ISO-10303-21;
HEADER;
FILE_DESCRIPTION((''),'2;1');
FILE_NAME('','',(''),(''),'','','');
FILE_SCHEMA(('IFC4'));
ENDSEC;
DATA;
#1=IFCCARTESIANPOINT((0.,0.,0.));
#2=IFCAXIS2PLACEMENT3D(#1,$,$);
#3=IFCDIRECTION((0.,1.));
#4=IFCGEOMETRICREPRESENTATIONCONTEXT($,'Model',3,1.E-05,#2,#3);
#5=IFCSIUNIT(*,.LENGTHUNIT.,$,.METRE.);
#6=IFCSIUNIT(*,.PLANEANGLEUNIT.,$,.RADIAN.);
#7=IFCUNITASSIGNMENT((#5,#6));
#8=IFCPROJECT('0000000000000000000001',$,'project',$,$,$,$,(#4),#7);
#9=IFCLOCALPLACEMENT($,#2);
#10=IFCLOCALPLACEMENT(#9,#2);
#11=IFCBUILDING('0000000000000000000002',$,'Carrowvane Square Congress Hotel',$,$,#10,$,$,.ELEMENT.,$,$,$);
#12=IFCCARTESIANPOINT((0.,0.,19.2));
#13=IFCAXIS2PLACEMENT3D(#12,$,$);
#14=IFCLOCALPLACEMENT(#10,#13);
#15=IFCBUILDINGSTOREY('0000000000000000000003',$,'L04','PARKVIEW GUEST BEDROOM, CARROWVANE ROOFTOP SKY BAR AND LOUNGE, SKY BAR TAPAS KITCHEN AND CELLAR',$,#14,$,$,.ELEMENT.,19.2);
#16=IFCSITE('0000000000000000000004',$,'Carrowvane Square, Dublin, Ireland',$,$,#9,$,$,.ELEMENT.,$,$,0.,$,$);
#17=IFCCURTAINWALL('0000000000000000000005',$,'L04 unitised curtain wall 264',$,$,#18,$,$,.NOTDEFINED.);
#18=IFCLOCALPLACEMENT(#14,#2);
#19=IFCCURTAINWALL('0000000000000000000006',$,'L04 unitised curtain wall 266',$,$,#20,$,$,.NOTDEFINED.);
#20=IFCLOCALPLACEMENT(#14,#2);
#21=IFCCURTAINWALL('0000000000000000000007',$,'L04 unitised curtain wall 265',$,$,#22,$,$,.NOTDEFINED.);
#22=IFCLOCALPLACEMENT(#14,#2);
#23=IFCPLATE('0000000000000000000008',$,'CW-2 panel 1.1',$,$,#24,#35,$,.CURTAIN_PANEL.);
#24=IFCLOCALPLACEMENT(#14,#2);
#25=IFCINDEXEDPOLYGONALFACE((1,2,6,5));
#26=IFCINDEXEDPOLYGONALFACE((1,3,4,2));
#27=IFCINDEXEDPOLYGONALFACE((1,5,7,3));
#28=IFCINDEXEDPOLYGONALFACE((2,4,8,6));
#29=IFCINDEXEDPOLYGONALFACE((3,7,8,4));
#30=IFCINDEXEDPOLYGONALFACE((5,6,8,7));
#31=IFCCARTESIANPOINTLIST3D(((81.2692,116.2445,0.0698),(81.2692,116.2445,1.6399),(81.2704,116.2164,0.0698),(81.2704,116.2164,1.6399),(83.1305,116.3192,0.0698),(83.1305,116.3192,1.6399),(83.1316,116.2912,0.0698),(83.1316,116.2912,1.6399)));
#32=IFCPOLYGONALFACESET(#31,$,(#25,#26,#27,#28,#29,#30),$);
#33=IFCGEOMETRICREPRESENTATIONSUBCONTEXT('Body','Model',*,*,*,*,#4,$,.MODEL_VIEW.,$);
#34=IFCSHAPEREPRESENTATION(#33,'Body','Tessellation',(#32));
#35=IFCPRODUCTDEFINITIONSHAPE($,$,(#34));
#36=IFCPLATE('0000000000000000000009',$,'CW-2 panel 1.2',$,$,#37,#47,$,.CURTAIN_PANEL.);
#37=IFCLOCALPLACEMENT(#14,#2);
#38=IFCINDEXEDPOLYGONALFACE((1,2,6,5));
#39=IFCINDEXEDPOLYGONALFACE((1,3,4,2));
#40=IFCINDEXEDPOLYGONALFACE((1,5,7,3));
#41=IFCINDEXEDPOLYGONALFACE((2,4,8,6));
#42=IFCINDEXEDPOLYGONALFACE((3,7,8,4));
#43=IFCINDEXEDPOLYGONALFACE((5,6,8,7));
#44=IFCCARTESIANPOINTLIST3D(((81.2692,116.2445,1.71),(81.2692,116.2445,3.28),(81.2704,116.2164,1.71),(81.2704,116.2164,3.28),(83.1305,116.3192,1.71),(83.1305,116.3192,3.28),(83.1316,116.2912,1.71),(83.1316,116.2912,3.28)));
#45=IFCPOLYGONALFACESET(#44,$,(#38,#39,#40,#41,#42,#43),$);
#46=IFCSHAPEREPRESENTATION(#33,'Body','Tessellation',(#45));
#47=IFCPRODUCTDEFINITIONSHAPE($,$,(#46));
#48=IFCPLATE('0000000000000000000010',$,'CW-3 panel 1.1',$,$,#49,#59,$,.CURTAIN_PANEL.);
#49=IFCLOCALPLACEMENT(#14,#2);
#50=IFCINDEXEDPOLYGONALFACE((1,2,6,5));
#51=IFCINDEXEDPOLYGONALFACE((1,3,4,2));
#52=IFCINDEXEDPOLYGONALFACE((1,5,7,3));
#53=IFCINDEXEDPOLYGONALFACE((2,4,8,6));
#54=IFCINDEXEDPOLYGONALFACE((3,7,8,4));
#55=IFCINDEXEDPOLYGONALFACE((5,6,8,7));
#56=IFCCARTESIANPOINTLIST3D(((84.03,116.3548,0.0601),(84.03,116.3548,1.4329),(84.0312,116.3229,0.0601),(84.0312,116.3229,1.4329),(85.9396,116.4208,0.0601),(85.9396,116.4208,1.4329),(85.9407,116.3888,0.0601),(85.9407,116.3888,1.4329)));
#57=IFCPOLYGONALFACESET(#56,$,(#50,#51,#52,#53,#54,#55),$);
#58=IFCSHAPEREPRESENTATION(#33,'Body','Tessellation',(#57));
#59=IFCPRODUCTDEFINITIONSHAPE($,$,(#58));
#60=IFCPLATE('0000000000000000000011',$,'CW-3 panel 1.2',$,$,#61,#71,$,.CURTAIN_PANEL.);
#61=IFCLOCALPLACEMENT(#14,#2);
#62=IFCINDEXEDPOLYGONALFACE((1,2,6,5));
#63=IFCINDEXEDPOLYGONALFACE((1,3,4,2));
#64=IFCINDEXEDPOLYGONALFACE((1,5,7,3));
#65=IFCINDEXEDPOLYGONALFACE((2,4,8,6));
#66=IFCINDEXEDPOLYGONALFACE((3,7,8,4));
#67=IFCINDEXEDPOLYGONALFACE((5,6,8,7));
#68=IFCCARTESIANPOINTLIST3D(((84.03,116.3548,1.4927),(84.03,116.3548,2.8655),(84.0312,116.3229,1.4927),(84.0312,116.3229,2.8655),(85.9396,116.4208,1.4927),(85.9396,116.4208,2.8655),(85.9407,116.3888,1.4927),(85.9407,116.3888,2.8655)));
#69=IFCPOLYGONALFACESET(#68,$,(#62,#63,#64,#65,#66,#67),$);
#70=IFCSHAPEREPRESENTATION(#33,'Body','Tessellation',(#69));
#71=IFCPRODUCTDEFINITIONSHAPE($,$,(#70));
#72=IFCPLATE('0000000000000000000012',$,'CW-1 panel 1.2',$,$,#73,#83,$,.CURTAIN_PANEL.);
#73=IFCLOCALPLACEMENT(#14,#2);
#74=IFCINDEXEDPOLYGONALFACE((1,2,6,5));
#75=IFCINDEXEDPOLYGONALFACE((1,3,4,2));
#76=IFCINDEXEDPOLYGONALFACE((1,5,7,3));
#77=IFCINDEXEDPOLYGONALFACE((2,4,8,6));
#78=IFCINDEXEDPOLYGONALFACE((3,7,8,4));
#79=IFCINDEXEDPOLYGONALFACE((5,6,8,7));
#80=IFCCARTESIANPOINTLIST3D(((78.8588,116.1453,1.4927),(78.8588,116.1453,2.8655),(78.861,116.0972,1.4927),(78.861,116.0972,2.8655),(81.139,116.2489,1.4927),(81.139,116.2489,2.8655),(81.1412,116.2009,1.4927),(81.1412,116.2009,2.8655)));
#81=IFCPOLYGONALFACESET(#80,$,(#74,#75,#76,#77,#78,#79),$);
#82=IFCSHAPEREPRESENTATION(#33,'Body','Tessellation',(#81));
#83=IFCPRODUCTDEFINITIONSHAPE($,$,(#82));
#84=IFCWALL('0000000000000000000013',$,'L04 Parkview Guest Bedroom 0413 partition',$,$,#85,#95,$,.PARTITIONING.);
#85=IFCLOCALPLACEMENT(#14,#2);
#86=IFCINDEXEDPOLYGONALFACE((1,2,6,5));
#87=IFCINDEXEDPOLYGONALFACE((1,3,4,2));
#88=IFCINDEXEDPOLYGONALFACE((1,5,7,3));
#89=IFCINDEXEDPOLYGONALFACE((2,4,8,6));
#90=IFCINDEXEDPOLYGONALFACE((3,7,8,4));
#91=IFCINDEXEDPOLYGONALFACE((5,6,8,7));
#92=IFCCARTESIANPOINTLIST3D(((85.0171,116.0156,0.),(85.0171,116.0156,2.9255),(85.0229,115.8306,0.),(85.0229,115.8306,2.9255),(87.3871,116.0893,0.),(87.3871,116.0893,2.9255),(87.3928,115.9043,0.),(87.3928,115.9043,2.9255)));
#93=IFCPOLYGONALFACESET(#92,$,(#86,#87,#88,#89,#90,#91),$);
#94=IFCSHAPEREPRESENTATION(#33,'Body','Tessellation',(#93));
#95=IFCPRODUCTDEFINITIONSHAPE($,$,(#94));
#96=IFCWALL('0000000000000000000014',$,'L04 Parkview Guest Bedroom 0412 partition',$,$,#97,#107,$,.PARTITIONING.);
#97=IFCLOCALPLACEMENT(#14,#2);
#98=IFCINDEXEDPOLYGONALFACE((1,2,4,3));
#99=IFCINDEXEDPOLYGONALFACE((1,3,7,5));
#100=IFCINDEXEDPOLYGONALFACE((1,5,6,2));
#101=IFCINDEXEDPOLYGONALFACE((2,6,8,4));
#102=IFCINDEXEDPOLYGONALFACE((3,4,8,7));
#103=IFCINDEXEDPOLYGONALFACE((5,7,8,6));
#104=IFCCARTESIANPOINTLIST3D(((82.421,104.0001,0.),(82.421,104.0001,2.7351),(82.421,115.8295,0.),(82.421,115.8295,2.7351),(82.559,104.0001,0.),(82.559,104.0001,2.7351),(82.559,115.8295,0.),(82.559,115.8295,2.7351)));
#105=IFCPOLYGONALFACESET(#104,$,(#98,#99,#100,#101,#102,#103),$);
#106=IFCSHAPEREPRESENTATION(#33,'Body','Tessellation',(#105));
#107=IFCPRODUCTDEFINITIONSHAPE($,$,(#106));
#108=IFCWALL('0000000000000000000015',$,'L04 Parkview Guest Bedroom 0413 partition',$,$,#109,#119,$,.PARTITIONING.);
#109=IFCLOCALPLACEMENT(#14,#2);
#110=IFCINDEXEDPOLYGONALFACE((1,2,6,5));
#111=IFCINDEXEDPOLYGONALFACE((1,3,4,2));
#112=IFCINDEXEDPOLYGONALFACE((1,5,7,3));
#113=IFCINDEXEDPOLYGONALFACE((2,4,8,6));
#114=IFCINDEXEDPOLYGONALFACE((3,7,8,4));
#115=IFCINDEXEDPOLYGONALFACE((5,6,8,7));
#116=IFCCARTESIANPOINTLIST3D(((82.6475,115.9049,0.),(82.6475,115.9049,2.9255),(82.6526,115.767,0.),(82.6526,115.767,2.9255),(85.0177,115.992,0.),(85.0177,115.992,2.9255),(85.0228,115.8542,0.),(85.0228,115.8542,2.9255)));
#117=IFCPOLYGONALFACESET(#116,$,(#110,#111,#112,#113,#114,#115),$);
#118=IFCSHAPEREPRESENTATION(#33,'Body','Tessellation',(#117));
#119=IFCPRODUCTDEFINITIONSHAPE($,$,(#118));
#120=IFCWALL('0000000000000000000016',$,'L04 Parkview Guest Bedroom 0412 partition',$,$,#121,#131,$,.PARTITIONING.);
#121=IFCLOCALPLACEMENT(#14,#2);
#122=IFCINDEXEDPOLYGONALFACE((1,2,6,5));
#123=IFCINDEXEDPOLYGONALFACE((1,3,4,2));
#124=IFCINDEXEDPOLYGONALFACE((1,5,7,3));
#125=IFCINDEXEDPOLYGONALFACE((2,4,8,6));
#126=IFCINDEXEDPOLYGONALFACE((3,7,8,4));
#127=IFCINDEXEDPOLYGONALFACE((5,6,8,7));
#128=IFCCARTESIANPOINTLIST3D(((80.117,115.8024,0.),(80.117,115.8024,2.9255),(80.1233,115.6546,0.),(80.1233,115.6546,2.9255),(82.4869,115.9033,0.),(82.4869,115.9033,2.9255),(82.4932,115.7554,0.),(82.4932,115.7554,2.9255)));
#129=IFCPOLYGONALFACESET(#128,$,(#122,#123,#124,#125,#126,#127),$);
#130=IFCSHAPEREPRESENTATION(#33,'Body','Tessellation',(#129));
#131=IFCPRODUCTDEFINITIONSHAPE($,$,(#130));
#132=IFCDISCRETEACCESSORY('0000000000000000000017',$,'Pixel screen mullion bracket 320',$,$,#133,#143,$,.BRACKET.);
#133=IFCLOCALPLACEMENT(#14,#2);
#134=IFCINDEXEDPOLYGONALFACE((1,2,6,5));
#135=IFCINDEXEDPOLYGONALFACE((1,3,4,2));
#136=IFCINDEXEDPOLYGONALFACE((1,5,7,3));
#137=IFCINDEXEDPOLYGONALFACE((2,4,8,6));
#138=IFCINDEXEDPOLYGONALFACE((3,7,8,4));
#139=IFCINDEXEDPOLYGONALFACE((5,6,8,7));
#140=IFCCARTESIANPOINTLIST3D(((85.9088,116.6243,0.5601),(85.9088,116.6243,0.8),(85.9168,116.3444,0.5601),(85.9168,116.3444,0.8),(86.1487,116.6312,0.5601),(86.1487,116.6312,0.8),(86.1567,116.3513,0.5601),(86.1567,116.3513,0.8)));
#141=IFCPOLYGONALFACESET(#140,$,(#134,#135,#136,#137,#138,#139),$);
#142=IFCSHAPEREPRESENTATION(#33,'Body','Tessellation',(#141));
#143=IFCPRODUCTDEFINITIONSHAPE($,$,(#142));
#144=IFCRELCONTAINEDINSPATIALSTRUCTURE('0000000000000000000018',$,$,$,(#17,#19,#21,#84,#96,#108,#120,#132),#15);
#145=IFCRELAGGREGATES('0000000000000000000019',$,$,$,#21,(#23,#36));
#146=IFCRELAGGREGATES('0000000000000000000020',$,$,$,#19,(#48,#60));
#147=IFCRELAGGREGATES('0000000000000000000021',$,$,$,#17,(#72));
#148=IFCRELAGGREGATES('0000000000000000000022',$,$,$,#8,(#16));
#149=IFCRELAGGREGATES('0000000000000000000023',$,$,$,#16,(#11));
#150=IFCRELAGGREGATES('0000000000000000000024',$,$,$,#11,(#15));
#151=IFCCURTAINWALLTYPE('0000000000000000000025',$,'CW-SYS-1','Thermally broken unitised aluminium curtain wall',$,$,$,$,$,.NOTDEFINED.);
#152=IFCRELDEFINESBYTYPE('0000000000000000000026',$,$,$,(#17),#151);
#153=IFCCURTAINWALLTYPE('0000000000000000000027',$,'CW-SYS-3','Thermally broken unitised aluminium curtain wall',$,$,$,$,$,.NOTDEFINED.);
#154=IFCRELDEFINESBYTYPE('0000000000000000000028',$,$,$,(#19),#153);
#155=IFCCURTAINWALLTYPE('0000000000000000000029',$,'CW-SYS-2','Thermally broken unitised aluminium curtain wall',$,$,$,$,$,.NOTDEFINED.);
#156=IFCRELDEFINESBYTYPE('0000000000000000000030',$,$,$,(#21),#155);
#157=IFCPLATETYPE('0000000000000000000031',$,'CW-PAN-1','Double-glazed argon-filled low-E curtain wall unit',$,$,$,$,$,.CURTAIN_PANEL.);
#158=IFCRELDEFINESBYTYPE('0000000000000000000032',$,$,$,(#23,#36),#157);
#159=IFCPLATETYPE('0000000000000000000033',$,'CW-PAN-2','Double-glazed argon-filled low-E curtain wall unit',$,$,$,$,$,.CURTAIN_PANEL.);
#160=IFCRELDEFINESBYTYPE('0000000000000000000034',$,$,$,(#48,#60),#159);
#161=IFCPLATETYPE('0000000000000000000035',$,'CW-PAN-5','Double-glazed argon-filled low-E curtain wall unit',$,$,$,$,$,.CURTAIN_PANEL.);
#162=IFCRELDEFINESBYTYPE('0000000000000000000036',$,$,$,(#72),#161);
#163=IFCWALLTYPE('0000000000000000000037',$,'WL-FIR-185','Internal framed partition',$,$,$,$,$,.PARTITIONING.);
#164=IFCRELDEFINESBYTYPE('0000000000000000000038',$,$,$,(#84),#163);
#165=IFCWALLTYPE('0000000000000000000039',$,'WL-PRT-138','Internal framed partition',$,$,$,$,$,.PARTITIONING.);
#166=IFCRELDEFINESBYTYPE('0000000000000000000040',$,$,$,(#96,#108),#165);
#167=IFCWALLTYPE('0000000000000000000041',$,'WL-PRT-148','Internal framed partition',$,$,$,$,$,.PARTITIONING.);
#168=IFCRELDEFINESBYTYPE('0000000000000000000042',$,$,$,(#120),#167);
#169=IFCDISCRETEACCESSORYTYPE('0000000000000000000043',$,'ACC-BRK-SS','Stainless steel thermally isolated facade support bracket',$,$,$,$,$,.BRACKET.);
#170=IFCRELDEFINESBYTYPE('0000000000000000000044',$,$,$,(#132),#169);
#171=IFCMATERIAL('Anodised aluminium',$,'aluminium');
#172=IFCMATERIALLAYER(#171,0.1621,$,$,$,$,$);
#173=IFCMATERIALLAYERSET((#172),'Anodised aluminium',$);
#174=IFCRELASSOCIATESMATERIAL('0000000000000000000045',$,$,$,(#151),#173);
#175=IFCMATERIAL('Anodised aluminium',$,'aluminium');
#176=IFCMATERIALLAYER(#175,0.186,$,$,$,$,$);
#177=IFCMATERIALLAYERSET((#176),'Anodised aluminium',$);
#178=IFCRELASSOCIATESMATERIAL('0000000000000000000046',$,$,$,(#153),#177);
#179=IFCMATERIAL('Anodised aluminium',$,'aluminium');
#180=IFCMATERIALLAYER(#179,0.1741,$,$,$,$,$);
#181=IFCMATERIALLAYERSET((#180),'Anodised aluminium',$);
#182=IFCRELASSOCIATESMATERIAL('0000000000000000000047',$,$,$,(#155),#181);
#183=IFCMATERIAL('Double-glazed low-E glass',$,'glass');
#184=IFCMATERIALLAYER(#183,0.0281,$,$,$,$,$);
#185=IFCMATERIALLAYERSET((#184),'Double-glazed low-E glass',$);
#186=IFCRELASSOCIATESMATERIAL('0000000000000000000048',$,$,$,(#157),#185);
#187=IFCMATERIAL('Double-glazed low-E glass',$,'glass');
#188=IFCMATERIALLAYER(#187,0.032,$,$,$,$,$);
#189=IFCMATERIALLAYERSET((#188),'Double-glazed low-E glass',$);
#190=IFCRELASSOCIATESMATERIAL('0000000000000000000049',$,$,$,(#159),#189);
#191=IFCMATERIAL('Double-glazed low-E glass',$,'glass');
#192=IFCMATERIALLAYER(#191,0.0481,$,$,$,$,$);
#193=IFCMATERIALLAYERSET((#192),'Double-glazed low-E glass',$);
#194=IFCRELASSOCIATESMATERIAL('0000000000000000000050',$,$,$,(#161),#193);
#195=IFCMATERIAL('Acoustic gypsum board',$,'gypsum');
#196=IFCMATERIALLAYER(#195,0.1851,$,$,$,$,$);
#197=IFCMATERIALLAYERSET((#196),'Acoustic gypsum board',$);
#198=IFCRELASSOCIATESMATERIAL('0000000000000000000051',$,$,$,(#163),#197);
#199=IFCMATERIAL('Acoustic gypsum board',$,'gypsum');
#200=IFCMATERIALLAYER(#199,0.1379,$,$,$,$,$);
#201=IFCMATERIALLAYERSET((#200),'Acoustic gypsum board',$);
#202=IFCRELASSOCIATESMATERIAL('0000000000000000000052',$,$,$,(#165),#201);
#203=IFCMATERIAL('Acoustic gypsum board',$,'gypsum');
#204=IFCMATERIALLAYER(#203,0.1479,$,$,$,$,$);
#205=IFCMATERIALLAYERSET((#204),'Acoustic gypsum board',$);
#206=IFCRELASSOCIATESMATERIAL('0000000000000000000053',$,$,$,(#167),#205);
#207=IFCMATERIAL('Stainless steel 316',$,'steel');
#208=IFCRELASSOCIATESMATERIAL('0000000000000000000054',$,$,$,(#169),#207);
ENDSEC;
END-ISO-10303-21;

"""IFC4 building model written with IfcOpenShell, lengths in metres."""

from ifc_helpers import new_model, si_unit, direction, frame, frame_2d, origin, origin_2d, place, context, subcontext, project, spatial, rectangle, extrude, material, layer, layer_set, type_object, element, aggregate, save


model = new_model("IFC4")

# Units and contexts
model_context = context("Model", 3, precision=1e-05, world=origin(), true_north=direction((0.0, 1.0)))
body_context = subcontext(model_context, "Body", "Model", "MODEL_VIEW")
ifc_project = project(units=[si_unit("LENGTHUNIT", "METRE"), si_unit("PLANEANGLEUNIT", "RADIAN")], contexts=[model_context])

# Site, building, storey
site_placement = place(None, origin())
site = spatial("IfcSite", under=ifc_project, at=site_placement, Name="Carrowvane Square, Dublin, Ireland", CompositionType="ELEMENT", RefElevation=0.0)
building_placement = place(site_placement, origin())
building = spatial("IfcBuilding", under=site, at=building_placement, Name="Carrowvane Square Congress Hotel", CompositionType="ELEMENT")
storey_placement = place(building_placement, frame((0.0, 0.0, 19.2)))
storey = spatial("IfcBuildingStorey", under=building, at=storey_placement, Name="L04", Description="PARKVIEW GUEST BEDROOM, CARROWVANE ROOFTOP SKY BAR AND LOUNGE, SKY BAR TAPAS KITCHEN AND CELLAR", CompositionType="ELEMENT", Elevation=19.2)

# Curtain wall
ifc_material_1 = material(Name="Anodised aluminium", Category="aluminium")
ifc_layer_1 = layer(ifc_material_1, 0.1621)
ifc_layer_set_1 = layer_set([ifc_layer_1], Name="Anodised aluminium")
curtain_wall_type_1 = type_object("IfcCurtainWallType", Name="CW-SYS-1", Description="Thermally broken unitised aluminium curtain wall", PredefinedType="NOTDEFINED", material=ifc_layer_set_1)
curtain_wall_1_placement = place(storey_placement, origin())
curtain_wall_1 = element("IfcCurtainWall", 1, at=curtain_wall_1_placement, inside=storey, type_object=curtain_wall_type_1, Name="L04 unitised curtain wall 264", PredefinedType="NOTDEFINED")

# Curtain walls
ifc_material_2 = material(Name="Anodised aluminium", Category="aluminium")
ifc_layer_2 = layer(ifc_material_2, 0.186)
ifc_layer_set_2 = layer_set([ifc_layer_2], Name="Anodised aluminium")
curtain_wall_type_2 = type_object("IfcCurtainWallType", Name="CW-SYS-3", Description="Thermally broken unitised aluminium curtain wall", PredefinedType="NOTDEFINED", material=ifc_layer_set_2)
curtain_wall_2_placement = place(storey_placement, origin())
curtain_wall_2 = element("IfcCurtainWall", 2, at=curtain_wall_2_placement, inside=storey, type_object=curtain_wall_type_2, Name="L04 unitised curtain wall 266", PredefinedType="NOTDEFINED")
ifc_material_3 = material(Name="Anodised aluminium", Category="aluminium")
ifc_layer_3 = layer(ifc_material_3, 0.1741)
ifc_layer_set_3 = layer_set([ifc_layer_3], Name="Anodised aluminium")
curtain_wall_type_3 = type_object("IfcCurtainWallType", Name="CW-SYS-2", Description="Thermally broken unitised aluminium curtain wall", PredefinedType="NOTDEFINED", material=ifc_layer_set_3)
curtain_wall_3_placement = place(storey_placement, origin())
curtain_wall_3 = element("IfcCurtainWall", 3, at=curtain_wall_3_placement, inside=storey, type_object=curtain_wall_type_3, Name="L04 unitised curtain wall 265", PredefinedType="NOTDEFINED")

# Plates
ifc_material_4 = material(Name="Double-glazed low-E glass", Category="glass")
ifc_layer_4 = layer(ifc_material_4, 0.0281)
ifc_layer_set_4 = layer_set([ifc_layer_4], Name="Double-glazed low-E glass")
plate_type_1 = type_object("IfcPlateType", Name="CW-PAN-1", Description="Double-glazed argon-filled low-E curtain wall unit", PredefinedType="CURTAIN_PANEL", material=ifc_layer_set_4)
plate_1_placement = place(storey_placement, frame((82.2004, 116.2678, 0.0698), z_axis=(0.0, 0.0, 1.0), x_axis=(0.999194, 0.040136, 0.0)))
plate_1 = element("IfcPlate", 4, at=plate_1_placement, type_object=plate_type_1, Name="CW-2 panel 1.1", PredefinedType="CURTAIN_PANEL", context=body_context, shape_type="SweptSolid", body=[
    extrude(rectangle(XDim=1.8628, YDim=0.0281, at=origin_2d()), origin(), (0.0, 0.0, 1.0), 1.5701),
])
plate_2_placement = place(storey_placement, frame((82.2004, 116.2678, 1.71), z_axis=(0.0, 0.0, 1.0), x_axis=(0.999194, 0.040136, 0.0)))
plate_2 = element("IfcPlate", 5, at=plate_2_placement, type_object=plate_type_1, Name="CW-2 panel 1.2", PredefinedType="CURTAIN_PANEL", context=body_context, shape_type="SweptSolid", body=[
    extrude(rectangle(XDim=1.8628, YDim=0.0281, at=origin_2d()), origin(), (0.0, 0.0, 1.0), 1.5701),
])
aggregate(curtain_wall_3, [plate_1, plate_2])
ifc_material_5 = material(Name="Double-glazed low-E glass", Category="glass")
ifc_layer_5 = layer(ifc_material_5, 0.032)
ifc_layer_set_5 = layer_set([ifc_layer_5], Name="Double-glazed low-E glass")
plate_type_2 = type_object("IfcPlateType", Name="CW-PAN-2", Description="Double-glazed argon-filled low-E curtain wall unit", PredefinedType="CURTAIN_PANEL", material=ifc_layer_set_5)
plate_3_placement = place(storey_placement, frame((84.9854, 116.3718, 0.0601), z_axis=(0.0, 0.0, 1.0), x_axis=(0.999404, 0.034527, 0.0)))
plate_3 = element("IfcPlate", 6, at=plate_3_placement, type_object=plate_type_2, Name="CW-3 panel 1.1", PredefinedType="CURTAIN_PANEL", context=body_context, shape_type="SweptSolid", body=[
    extrude(rectangle(XDim=1.9106, YDim=0.032, at=origin_2d()), origin(), (0.0, 0.0, 1.0), 1.3728),
])
plate_4_placement = place(storey_placement, frame((84.9854, 116.3718, 1.4927), z_axis=(0.0, 0.0, 1.0), x_axis=(0.999404, 0.034527, 0.0)))
plate_4 = element("IfcPlate", 7, at=plate_4_placement, type_object=plate_type_2, Name="CW-3 panel 1.2", PredefinedType="CURTAIN_PANEL", context=body_context, shape_type="SweptSolid", body=[
    extrude(rectangle(XDim=1.9106, YDim=0.032, at=origin_2d()), origin(), (0.0, 0.0, 1.0), 1.3728),
])
aggregate(curtain_wall_2, [plate_3, plate_4])
ifc_material_6 = material(Name="Double-glazed low-E glass", Category="glass")
ifc_layer_6 = layer(ifc_material_6, 0.0481)
ifc_layer_set_6 = layer_set([ifc_layer_6], Name="Double-glazed low-E glass")
plate_type_3 = type_object("IfcPlateType", Name="CW-PAN-5", Description="Double-glazed argon-filled low-E curtain wall unit", PredefinedType="CURTAIN_PANEL", material=ifc_layer_set_6)
plate_5_placement = place(storey_placement, frame((80.0, 116.1731, 1.4927), z_axis=(0.0, 0.0, 1.0), x_axis=(0.998968, 0.045411, 0.0)))
plate_5 = element("IfcPlate", 8, at=plate_5_placement, type_object=plate_type_3, Name="CW-1 panel 1.2", PredefinedType="CURTAIN_PANEL", context=body_context, shape_type="SweptSolid", body=[
    extrude(rectangle(XDim=2.2825, YDim=0.0481, at=origin_2d()), origin(), (0.0, 0.0, 1.0), 1.3728),
])
aggregate(curtain_wall_1, [plate_5])

# Walls
ifc_material_7 = material(Name="Acoustic gypsum board", Category="gypsum")
ifc_layer_7 = layer(ifc_material_7, 0.1851)
ifc_layer_set_7 = layer_set([ifc_layer_7], Name="Acoustic gypsum board")
wall_type_1 = type_object("IfcWallType", Name="WL-FIR-185", Description="Internal framed partition", PredefinedType="PARTITIONING", material=ifc_layer_set_7)
wall_1_placement = place(storey_placement, frame((85.02, 115.9231, 0.0), z_axis=(0.0, 0.0, 1.0), x_axis=(0.999516, 0.031097, 0.0)))
element("IfcWall", 9, at=wall_1_placement, inside=storey, type_object=wall_type_1, Name="L04 Parkview Guest Bedroom 0413 partition", PredefinedType="PARTITIONING", context=body_context, shape_type="SweptSolid", body=[
    extrude(rectangle(XDim=2.3711, YDim=0.1851, at=frame_2d((1.1855, 0.0))), origin(), (0.0, 0.0, 1.0), 2.9255),
])
ifc_material_8 = material(Name="Acoustic gypsum board", Category="gypsum")
ifc_layer_8 = layer(ifc_material_8, 0.1379)
ifc_layer_set_8 = layer_set([ifc_layer_8], Name="Acoustic gypsum board")
wall_type_2 = type_object("IfcWallType", Name="WL-PRT-138", Description="Internal framed partition", PredefinedType="PARTITIONING", material=ifc_layer_set_8)
wall_2_placement = place(storey_placement, frame((82.49, 115.8293, 0.0), z_axis=(0.0, 0.0, 1.0), x_axis=(0.0, -1.0, 0.0)))
element("IfcWall", 10, at=wall_2_placement, inside=storey, type_object=wall_type_2, Name="L04 Parkview Guest Bedroom 0412 partition", PredefinedType="PARTITIONING", context=body_context, shape_type="SweptSolid", body=[
    extrude(rectangle(XDim=11.8293, YDim=0.1379, at=frame_2d((5.9146, 0.0))), origin(), (0.0, 0.0, 1.0), 2.7351),
])
wall_3_placement = place(storey_placement, frame((82.6499, 115.8359, 0.0), z_axis=(0.0, 0.0, 1.0), x_axis=(0.999325, 0.036749, 0.0)))
element("IfcWall", 11, at=wall_3_placement, inside=storey, type_object=wall_type_2, Name="L04 Parkview Guest Bedroom 0413 partition", PredefinedType="PARTITIONING", context=body_context, shape_type="SweptSolid", body=[
    extrude(rectangle(XDim=2.3718, YDim=0.1379, at=frame_2d((1.186, 0.0))), origin(), (0.0, 0.0, 1.0), 2.9255),
])
ifc_material_9 = material(Name="Acoustic gypsum board", Category="gypsum")
ifc_layer_9 = layer(ifc_material_9, 0.1479)
ifc_layer_set_9 = layer_set([ifc_layer_9], Name="Acoustic gypsum board")
wall_type_3 = type_object("IfcWallType", Name="WL-PRT-148", Description="Internal framed partition", PredefinedType="PARTITIONING", material=ifc_layer_set_9)
wall_4_placement = place(storey_placement, frame((80.1201, 115.7285, 0.0), z_axis=(0.0, 0.0, 1.0), x_axis=(0.999096, 0.042508, 0.0)))
element("IfcWall", 12, at=wall_4_placement, inside=storey, type_object=wall_type_3, Name="L04 Parkview Guest Bedroom 0412 partition", PredefinedType="PARTITIONING", context=body_context, shape_type="SweptSolid", body=[
    extrude(rectangle(XDim=2.3721, YDim=0.1479, at=frame_2d((1.186, 0.0))), origin(), (0.0, 0.0, 1.0), 2.9255),
])

# Discrete accessory
ifc_material_10 = material(Name="Stainless steel 316", Category="steel")
discrete_accessory_type = type_object("IfcDiscreteAccessoryType", Name="ACC-BRK-SS", Description="Stainless steel thermally isolated facade support bracket", PredefinedType="BRACKET", material=ifc_material_10)
discrete_accessory_placement = place(storey_placement, frame((86.0327, 116.4878, 0.5601), z_axis=(0.0, 0.0, 1.0), x_axis=(0.99959, 0.028639, 0.0)))
element("IfcDiscreteAccessory", 13, at=discrete_accessory_placement, inside=storey, type_object=discrete_accessory_type, Name="Pixel screen mullion bracket 320", PredefinedType="BRACKET", context=body_context, shape_type="SweptSolid", body=[
    extrude(rectangle(XDim=0.24, YDim=0.28, at=origin_2d()), origin(), (0.0, 0.0, 1.0), 0.24),
])

save(model, "model.ifc")
